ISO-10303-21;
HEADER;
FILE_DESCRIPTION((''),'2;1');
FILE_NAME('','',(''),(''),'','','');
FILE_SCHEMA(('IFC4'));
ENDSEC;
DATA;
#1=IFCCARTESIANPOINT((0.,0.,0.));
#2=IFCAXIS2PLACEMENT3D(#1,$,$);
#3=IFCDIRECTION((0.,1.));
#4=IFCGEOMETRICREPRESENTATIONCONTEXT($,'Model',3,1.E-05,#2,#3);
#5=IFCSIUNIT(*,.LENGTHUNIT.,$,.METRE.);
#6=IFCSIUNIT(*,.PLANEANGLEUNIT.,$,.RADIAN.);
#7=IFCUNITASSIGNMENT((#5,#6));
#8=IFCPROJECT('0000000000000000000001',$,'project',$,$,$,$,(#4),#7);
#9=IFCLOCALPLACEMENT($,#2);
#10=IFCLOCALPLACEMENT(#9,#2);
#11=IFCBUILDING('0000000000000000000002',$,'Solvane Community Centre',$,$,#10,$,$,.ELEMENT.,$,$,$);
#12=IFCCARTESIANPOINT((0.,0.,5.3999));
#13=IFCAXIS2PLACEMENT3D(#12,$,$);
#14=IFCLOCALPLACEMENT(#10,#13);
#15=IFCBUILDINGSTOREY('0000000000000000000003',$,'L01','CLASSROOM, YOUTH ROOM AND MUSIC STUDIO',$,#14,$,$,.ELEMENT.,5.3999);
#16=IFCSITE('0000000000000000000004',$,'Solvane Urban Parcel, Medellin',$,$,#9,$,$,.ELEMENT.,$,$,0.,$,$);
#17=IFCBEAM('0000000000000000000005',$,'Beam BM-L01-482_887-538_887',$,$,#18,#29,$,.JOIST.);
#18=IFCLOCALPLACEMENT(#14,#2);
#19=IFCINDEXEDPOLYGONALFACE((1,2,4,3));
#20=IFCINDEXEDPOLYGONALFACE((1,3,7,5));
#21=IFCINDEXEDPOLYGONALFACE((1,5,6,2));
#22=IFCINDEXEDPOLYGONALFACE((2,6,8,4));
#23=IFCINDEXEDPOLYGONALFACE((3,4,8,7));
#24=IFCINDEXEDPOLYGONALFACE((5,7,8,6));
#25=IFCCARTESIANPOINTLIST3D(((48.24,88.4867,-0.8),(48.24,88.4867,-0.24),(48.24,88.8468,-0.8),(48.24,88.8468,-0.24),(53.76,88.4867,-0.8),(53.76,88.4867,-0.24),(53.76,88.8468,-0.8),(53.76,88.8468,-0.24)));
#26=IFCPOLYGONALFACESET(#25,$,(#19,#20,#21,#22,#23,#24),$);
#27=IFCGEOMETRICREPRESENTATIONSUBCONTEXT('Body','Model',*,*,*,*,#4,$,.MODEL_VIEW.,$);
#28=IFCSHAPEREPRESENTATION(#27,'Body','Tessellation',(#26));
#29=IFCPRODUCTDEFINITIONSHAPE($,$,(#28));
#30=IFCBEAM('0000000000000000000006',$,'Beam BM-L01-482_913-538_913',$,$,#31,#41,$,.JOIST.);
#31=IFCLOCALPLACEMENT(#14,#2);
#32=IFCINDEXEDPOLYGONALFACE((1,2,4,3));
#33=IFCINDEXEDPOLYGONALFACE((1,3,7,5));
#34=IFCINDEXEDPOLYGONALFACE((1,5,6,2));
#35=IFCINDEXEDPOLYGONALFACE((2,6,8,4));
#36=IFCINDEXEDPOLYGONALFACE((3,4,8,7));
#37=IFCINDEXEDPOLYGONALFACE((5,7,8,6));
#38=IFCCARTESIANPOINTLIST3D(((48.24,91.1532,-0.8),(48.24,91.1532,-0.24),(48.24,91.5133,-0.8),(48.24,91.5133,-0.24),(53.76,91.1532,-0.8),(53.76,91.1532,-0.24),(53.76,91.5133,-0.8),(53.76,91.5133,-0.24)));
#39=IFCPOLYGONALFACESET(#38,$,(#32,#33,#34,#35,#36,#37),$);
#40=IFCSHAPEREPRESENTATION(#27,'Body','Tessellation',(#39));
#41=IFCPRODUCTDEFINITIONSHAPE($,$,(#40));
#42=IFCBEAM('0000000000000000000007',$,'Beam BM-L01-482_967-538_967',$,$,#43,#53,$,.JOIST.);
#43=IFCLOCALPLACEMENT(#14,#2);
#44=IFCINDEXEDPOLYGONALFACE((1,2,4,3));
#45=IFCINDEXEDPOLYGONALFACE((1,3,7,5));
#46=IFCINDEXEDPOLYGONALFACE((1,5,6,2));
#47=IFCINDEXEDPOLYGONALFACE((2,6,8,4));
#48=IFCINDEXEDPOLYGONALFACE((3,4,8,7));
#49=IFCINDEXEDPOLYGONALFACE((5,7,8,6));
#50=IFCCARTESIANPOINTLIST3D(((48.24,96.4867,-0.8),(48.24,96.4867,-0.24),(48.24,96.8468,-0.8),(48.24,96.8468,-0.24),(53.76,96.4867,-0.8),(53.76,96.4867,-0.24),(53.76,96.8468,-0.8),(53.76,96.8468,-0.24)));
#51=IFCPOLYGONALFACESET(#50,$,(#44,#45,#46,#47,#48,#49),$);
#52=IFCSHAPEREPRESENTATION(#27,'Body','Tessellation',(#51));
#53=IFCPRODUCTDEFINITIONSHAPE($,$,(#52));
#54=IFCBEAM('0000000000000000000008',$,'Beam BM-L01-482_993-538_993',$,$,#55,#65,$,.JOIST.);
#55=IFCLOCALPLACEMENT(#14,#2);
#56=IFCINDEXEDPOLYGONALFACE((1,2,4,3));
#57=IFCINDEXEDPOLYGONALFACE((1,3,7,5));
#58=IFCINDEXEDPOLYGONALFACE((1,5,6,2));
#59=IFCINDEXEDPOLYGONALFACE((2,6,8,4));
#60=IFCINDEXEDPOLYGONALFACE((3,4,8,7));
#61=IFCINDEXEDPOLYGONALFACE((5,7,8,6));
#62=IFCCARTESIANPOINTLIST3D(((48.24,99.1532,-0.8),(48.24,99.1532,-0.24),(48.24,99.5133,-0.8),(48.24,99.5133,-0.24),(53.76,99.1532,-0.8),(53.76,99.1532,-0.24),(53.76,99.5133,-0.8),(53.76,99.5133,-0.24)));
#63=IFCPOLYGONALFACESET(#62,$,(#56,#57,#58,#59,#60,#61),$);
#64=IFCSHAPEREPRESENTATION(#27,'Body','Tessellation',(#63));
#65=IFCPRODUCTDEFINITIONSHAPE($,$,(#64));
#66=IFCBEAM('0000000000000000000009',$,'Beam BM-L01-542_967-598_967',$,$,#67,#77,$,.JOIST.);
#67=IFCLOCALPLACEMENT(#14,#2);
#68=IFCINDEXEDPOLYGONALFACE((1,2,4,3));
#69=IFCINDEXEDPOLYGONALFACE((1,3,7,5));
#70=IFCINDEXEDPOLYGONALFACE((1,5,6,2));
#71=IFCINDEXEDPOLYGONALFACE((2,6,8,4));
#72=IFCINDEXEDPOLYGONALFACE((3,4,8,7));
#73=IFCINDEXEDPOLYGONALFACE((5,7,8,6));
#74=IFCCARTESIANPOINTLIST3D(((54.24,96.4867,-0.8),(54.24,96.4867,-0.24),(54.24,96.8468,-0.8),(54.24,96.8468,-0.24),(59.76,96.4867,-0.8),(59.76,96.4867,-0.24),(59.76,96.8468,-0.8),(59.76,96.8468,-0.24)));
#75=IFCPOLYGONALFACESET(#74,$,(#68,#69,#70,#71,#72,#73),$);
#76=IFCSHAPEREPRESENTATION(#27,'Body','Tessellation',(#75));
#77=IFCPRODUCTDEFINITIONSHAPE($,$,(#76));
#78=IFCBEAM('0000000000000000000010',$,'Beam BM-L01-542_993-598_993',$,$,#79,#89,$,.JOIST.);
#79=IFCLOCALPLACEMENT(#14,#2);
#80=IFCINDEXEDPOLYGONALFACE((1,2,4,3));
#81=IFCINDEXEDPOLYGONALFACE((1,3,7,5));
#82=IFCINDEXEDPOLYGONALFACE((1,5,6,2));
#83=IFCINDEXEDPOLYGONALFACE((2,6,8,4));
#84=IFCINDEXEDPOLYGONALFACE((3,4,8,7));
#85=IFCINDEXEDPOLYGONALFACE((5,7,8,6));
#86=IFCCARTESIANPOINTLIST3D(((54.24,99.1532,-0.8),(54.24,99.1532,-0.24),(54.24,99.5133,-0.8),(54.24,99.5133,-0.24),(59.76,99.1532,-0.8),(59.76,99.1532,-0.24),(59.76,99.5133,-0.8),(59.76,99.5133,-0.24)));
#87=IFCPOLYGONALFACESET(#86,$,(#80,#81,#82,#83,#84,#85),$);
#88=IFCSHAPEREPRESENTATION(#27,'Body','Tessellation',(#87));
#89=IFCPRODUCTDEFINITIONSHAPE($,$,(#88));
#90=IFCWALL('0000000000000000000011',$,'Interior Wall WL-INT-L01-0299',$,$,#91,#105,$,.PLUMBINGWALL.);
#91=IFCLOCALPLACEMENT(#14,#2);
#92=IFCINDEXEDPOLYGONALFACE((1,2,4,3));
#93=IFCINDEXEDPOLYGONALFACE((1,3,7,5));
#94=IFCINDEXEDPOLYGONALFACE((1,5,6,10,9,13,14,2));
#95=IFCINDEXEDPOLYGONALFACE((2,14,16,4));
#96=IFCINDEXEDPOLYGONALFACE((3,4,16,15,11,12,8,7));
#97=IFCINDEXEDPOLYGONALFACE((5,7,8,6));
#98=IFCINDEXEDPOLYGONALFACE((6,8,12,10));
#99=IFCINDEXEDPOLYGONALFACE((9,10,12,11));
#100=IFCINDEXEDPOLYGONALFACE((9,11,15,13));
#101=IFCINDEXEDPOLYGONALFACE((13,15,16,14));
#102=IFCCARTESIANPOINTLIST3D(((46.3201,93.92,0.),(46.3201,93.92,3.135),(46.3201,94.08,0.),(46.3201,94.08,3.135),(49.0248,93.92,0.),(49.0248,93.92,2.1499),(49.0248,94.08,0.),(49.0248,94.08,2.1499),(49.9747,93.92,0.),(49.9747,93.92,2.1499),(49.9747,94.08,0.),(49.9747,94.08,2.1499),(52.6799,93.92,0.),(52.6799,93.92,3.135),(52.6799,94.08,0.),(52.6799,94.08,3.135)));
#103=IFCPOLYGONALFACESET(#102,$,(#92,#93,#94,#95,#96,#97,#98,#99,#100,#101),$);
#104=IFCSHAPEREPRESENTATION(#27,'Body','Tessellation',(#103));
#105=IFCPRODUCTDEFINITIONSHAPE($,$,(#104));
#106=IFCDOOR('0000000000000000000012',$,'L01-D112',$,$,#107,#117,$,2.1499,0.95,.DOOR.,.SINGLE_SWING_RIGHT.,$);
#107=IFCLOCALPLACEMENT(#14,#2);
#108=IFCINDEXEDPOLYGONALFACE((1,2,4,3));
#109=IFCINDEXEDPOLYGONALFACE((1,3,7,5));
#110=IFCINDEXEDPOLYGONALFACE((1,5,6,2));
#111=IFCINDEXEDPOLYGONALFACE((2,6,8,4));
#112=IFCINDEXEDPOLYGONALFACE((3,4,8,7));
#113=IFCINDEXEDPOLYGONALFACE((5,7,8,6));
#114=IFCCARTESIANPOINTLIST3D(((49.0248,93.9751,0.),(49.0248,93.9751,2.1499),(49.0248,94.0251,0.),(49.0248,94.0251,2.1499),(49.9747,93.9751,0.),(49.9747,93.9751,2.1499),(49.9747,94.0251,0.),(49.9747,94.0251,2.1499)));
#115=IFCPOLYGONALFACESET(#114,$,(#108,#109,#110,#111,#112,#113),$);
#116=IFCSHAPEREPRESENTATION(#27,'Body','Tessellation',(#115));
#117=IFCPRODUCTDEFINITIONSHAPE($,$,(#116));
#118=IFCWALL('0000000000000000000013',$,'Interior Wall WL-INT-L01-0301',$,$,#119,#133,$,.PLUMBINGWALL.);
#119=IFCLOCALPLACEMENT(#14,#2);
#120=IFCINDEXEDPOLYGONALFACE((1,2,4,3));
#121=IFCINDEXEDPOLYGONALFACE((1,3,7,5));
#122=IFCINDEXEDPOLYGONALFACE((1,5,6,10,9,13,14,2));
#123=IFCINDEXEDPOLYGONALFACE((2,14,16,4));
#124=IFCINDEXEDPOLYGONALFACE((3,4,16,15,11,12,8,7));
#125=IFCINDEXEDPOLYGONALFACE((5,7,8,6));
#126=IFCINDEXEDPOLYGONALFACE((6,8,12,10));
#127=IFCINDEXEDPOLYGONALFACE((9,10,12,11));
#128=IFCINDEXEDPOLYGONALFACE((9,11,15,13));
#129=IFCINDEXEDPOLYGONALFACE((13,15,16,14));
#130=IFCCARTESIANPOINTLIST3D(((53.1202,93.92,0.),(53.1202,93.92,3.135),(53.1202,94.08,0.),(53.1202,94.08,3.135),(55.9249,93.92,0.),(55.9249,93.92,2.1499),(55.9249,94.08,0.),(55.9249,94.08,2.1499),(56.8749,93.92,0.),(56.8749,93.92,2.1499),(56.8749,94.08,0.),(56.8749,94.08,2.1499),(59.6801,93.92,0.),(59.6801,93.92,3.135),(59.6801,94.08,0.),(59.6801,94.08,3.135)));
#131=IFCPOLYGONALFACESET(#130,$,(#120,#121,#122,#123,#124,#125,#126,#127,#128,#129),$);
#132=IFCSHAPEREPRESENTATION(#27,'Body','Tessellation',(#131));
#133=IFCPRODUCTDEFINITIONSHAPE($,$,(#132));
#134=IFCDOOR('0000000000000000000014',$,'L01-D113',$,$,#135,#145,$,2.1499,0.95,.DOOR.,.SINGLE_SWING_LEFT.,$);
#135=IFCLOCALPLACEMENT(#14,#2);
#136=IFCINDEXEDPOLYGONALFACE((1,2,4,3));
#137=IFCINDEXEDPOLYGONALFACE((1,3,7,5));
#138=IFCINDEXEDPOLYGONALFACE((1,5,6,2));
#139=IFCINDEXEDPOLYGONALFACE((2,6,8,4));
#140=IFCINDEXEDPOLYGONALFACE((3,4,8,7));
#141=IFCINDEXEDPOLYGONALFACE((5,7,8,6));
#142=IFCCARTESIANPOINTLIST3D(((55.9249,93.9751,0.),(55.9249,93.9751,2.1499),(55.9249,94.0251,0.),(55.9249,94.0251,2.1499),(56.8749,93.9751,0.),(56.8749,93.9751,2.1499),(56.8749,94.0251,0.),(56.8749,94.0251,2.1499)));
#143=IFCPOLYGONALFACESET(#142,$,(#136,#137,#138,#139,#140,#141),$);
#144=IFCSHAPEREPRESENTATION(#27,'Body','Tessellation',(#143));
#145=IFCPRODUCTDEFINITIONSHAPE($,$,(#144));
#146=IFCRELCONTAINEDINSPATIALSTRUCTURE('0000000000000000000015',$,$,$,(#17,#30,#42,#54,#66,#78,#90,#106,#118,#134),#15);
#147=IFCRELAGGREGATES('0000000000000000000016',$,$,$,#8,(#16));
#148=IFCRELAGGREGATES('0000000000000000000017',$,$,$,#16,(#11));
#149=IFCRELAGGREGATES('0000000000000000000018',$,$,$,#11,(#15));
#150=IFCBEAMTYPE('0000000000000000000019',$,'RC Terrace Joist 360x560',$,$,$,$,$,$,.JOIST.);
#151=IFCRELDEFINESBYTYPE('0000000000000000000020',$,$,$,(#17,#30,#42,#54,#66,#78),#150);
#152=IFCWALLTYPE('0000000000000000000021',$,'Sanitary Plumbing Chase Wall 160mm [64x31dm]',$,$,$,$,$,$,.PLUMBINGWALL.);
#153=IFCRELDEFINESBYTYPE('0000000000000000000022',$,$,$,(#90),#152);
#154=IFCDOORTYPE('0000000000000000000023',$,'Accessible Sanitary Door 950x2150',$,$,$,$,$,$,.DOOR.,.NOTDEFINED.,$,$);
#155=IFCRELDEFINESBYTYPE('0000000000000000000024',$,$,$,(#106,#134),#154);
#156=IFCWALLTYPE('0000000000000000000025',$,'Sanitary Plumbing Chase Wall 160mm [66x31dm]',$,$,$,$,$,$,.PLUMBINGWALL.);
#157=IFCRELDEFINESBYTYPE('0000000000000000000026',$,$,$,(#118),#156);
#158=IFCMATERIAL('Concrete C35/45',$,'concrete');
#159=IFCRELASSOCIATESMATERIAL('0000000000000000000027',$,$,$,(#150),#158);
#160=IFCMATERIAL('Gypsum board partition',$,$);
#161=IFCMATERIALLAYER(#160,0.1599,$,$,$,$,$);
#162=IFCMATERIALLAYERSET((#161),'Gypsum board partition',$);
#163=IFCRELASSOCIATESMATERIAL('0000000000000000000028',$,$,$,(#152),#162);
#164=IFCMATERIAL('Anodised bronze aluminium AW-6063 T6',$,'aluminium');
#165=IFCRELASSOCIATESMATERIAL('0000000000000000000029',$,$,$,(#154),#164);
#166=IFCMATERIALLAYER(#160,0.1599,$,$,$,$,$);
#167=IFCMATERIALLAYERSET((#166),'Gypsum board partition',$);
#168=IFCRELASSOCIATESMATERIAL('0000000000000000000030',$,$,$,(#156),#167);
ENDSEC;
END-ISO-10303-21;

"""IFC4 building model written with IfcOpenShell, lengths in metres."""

from ifc_helpers import new_model, si_unit, direction, frame, frame_2d, origin, origin_2d, place, context, subcontext, project, spatial, rectangle, extrude, material, layer, layer_set, material_profile, profile_set, type_object, element, fill, save


model = new_model("IFC4")

# Units and contexts
model_context = context("Model", 3, precision=1e-05, world=origin(), true_north=direction((0.0, 1.0)))
body_context = subcontext(model_context, "Body", "Model", "MODEL_VIEW")
ifc_project = project(units=[si_unit("LENGTHUNIT", "METRE"), si_unit("PLANEANGLEUNIT", "RADIAN")], contexts=[model_context])

# Site, building, storey
site_placement = place(None, origin())
site = spatial("IfcSite", under=ifc_project, at=site_placement, Name="Solvane Urban Parcel, Medellin", CompositionType="ELEMENT", RefElevation=0.0)
building_placement = place(site_placement, origin())
building = spatial("IfcBuilding", under=site, at=building_placement, Name="Solvane Community Centre", CompositionType="ELEMENT")
storey_placement = place(building_placement, frame((0.0, 0.0, 5.3999)))
storey = spatial("IfcBuildingStorey", under=building, at=storey_placement, Name="L01", Description="CLASSROOM, YOUTH ROOM AND MUSIC STUDIO", CompositionType="ELEMENT", Elevation=5.3999)

# Shared definitions
ifc_material_1 = material(Name="Concrete C35/45", Category="concrete")

# Beams
ifc_material_profile_1 = material_profile(ifc_material_1, rectangle(XDim=0.3601, YDim=0.5601, at=origin_2d()), Name="RC 360x560")
ifc_profile_set_1 = profile_set([ifc_material_profile_1], Name="Concrete C35/45")
beam_type_1 = type_object("IfcBeamType", Name="RC Terrace Joist 360x560", PredefinedType="JOIST", material=ifc_profile_set_1)
for number, where, z_axis, x_axis, name in (
    (1, (48.24, 88.6667, -0.52), (1.0, 0.0, 0.0), (0.0, 1.0, 0.0), "Beam BM-L01-482_887-538_887"),
    (2, (48.24, 91.3333, -0.52), (1.0, 0.0, 0.0), (0.0, 1.0, 0.0), "Beam BM-L01-482_913-538_913"),
    (3, (48.24, 96.6667, -0.52), (1.0, 0.0, 0.0), (0.0, 1.0, 0.0), "Beam BM-L01-482_967-538_967"),
    (4, (48.24, 99.3333, -0.52), (1.0, 0.0, 0.0), (0.0, 1.0, 0.0), "Beam BM-L01-482_993-538_993"),
    (5, (54.24, 96.6667, -0.52), (1.0, 0.0, 0.0), (0.0, 1.0, 0.0), "Beam BM-L01-542_967-598_967"),
    (6, (54.24, 99.3333, -0.52), (1.0, 0.0, 0.0), (0.0, 1.0, 0.0), "Beam BM-L01-542_993-598_993"),
):
    element("IfcBeam", number, at=place(storey_placement, frame(where, z_axis=z_axis, x_axis=x_axis)), inside=storey, type_object=beam_type_1, Name=name, PredefinedType="JOIST", context=body_context, shape_type="SweptSolid", body=[
        extrude(rectangle(XDim=0.3601, YDim=0.5601, at=origin_2d()), origin(), (0.0, 0.0, 1.0), 5.52),
    ])

# Walls, openings, doors
ifc_material_2 = material(Name="Gypsum board partition")
ifc_layer_1 = layer(ifc_material_2, 0.1599)
ifc_layer_set_1 = layer_set([ifc_layer_1], Name="Gypsum board partition")
wall_type_1 = type_object("IfcWallType", Name="Sanitary Plumbing Chase Wall 160mm [64x31dm]", PredefinedType="PLUMBINGWALL", material=ifc_layer_set_1)
wall_1_placement = place(storey_placement, frame((52.6799, 94.0, 0.0), z_axis=(0.0, 0.0, 1.0), x_axis=(-1.0, 0.0, 0.0)))
wall_1 = element("IfcWall", 7, at=wall_1_placement, inside=storey, type_object=wall_type_1, Name="Interior Wall WL-INT-L01-0299", PredefinedType="PLUMBINGWALL", context=body_context, shape_type="SweptSolid", body=[
    extrude(rectangle(XDim=6.3599, YDim=0.1599, at=frame_2d((3.1799, 0.0))), origin(), (0.0, 0.0, 1.0), 3.135),
])
opening_1_placement = place(wall_1_placement, frame((2.7051, 0.0, 0.0)))
opening_1 = element("IfcOpeningElement", 8, at=opening_1_placement, cuts=wall_1, PredefinedType="OPENING", context=body_context, shape_type="SweptSolid", body=[
    extrude(rectangle(XDim=0.95, YDim=2.1499, at=frame_2d((0.4751, 1.075))), frame((0.0, 0.0898, 0.0), z_axis=(0.0, -1.0, 0.0), x_axis=(1.0, 0.0, 0.0)), (0.0, 0.0, 1.0), 0.1799),
])
ifc_material_3 = material(Name="Anodised bronze aluminium AW-6063 T6", Category="aluminium")
door_type = type_object("IfcDoorType", Name="Accessible Sanitary Door 950x2150", OperationType="NOTDEFINED", PredefinedType="DOOR", material=ifc_material_3)
door_1_placement = place(opening_1_placement, origin())
door_1 = element("IfcDoor", 9, at=door_1_placement, inside=storey, type_object=door_type, Name="L01-D112", OperationType="SINGLE_SWING_RIGHT", OverallHeight=2.1499, OverallWidth=0.95, PredefinedType="DOOR", context=body_context, shape_type="SweptSolid", body=[
    extrude(rectangle(XDim=0.95, YDim=2.1499, at=frame_2d((0.4751, 1.075))), frame((0.0, 0.0249, 0.0), z_axis=(0.0, -1.0, 0.0), x_axis=(1.0, 0.0, 0.0)), (0.0, 0.0, 1.0), 0.05),
])
fill(opening_1, door_1)
ifc_layer_2 = layer(ifc_material_2, 0.1599)
ifc_layer_set_2 = layer_set([ifc_layer_2], Name="Gypsum board partition")
wall_type_2 = type_object("IfcWallType", Name="Sanitary Plumbing Chase Wall 160mm [66x31dm]", PredefinedType="PLUMBINGWALL", material=ifc_layer_set_2)
wall_2_placement = place(storey_placement, frame((59.6799, 94.0, 0.0), z_axis=(0.0, 0.0, 1.0), x_axis=(-1.0, 0.0, 0.0)))
wall_2 = element("IfcWall", 10, at=wall_2_placement, inside=storey, type_object=wall_type_2, Name="Interior Wall WL-INT-L01-0301", PredefinedType="PLUMBINGWALL", context=body_context, shape_type="SweptSolid", body=[
    extrude(rectangle(XDim=6.5598, YDim=0.1599, at=frame_2d((3.2798, 0.0))), origin(), (0.0, 0.0, 1.0), 3.135),
])
opening_2_placement = place(wall_2_placement, frame((2.8049, 0.0, 0.0)))
opening_2 = element("IfcOpeningElement", 11, at=opening_2_placement, cuts=wall_2, PredefinedType="OPENING", context=body_context, shape_type="SweptSolid", body=[
    extrude(rectangle(XDim=0.95, YDim=2.1499, at=frame_2d((0.4751, 1.075))), frame((0.0, 0.0898, 0.0), z_axis=(0.0, -1.0, 0.0), x_axis=(1.0, 0.0, 0.0)), (0.0, 0.0, 1.0), 0.1799),
])
door_2_placement = place(opening_2_placement, origin())
door_2 = element("IfcDoor", 12, at=door_2_placement, inside=storey, type_object=door_type, Name="L01-D113", OperationType="SINGLE_SWING_LEFT", OverallHeight=2.1499, OverallWidth=0.95, PredefinedType="DOOR", context=body_context, shape_type="SweptSolid", body=[
    extrude(rectangle(XDim=0.95, YDim=2.1499, at=frame_2d((0.4751, 1.075))), frame((0.0, 0.0249, 0.0), z_axis=(0.0, -1.0, 0.0), x_axis=(1.0, 0.0, 0.0)), (0.0, 0.0, 1.0), 0.05),
])
fill(opening_2, door_2)

save(model, "model.ifc")
